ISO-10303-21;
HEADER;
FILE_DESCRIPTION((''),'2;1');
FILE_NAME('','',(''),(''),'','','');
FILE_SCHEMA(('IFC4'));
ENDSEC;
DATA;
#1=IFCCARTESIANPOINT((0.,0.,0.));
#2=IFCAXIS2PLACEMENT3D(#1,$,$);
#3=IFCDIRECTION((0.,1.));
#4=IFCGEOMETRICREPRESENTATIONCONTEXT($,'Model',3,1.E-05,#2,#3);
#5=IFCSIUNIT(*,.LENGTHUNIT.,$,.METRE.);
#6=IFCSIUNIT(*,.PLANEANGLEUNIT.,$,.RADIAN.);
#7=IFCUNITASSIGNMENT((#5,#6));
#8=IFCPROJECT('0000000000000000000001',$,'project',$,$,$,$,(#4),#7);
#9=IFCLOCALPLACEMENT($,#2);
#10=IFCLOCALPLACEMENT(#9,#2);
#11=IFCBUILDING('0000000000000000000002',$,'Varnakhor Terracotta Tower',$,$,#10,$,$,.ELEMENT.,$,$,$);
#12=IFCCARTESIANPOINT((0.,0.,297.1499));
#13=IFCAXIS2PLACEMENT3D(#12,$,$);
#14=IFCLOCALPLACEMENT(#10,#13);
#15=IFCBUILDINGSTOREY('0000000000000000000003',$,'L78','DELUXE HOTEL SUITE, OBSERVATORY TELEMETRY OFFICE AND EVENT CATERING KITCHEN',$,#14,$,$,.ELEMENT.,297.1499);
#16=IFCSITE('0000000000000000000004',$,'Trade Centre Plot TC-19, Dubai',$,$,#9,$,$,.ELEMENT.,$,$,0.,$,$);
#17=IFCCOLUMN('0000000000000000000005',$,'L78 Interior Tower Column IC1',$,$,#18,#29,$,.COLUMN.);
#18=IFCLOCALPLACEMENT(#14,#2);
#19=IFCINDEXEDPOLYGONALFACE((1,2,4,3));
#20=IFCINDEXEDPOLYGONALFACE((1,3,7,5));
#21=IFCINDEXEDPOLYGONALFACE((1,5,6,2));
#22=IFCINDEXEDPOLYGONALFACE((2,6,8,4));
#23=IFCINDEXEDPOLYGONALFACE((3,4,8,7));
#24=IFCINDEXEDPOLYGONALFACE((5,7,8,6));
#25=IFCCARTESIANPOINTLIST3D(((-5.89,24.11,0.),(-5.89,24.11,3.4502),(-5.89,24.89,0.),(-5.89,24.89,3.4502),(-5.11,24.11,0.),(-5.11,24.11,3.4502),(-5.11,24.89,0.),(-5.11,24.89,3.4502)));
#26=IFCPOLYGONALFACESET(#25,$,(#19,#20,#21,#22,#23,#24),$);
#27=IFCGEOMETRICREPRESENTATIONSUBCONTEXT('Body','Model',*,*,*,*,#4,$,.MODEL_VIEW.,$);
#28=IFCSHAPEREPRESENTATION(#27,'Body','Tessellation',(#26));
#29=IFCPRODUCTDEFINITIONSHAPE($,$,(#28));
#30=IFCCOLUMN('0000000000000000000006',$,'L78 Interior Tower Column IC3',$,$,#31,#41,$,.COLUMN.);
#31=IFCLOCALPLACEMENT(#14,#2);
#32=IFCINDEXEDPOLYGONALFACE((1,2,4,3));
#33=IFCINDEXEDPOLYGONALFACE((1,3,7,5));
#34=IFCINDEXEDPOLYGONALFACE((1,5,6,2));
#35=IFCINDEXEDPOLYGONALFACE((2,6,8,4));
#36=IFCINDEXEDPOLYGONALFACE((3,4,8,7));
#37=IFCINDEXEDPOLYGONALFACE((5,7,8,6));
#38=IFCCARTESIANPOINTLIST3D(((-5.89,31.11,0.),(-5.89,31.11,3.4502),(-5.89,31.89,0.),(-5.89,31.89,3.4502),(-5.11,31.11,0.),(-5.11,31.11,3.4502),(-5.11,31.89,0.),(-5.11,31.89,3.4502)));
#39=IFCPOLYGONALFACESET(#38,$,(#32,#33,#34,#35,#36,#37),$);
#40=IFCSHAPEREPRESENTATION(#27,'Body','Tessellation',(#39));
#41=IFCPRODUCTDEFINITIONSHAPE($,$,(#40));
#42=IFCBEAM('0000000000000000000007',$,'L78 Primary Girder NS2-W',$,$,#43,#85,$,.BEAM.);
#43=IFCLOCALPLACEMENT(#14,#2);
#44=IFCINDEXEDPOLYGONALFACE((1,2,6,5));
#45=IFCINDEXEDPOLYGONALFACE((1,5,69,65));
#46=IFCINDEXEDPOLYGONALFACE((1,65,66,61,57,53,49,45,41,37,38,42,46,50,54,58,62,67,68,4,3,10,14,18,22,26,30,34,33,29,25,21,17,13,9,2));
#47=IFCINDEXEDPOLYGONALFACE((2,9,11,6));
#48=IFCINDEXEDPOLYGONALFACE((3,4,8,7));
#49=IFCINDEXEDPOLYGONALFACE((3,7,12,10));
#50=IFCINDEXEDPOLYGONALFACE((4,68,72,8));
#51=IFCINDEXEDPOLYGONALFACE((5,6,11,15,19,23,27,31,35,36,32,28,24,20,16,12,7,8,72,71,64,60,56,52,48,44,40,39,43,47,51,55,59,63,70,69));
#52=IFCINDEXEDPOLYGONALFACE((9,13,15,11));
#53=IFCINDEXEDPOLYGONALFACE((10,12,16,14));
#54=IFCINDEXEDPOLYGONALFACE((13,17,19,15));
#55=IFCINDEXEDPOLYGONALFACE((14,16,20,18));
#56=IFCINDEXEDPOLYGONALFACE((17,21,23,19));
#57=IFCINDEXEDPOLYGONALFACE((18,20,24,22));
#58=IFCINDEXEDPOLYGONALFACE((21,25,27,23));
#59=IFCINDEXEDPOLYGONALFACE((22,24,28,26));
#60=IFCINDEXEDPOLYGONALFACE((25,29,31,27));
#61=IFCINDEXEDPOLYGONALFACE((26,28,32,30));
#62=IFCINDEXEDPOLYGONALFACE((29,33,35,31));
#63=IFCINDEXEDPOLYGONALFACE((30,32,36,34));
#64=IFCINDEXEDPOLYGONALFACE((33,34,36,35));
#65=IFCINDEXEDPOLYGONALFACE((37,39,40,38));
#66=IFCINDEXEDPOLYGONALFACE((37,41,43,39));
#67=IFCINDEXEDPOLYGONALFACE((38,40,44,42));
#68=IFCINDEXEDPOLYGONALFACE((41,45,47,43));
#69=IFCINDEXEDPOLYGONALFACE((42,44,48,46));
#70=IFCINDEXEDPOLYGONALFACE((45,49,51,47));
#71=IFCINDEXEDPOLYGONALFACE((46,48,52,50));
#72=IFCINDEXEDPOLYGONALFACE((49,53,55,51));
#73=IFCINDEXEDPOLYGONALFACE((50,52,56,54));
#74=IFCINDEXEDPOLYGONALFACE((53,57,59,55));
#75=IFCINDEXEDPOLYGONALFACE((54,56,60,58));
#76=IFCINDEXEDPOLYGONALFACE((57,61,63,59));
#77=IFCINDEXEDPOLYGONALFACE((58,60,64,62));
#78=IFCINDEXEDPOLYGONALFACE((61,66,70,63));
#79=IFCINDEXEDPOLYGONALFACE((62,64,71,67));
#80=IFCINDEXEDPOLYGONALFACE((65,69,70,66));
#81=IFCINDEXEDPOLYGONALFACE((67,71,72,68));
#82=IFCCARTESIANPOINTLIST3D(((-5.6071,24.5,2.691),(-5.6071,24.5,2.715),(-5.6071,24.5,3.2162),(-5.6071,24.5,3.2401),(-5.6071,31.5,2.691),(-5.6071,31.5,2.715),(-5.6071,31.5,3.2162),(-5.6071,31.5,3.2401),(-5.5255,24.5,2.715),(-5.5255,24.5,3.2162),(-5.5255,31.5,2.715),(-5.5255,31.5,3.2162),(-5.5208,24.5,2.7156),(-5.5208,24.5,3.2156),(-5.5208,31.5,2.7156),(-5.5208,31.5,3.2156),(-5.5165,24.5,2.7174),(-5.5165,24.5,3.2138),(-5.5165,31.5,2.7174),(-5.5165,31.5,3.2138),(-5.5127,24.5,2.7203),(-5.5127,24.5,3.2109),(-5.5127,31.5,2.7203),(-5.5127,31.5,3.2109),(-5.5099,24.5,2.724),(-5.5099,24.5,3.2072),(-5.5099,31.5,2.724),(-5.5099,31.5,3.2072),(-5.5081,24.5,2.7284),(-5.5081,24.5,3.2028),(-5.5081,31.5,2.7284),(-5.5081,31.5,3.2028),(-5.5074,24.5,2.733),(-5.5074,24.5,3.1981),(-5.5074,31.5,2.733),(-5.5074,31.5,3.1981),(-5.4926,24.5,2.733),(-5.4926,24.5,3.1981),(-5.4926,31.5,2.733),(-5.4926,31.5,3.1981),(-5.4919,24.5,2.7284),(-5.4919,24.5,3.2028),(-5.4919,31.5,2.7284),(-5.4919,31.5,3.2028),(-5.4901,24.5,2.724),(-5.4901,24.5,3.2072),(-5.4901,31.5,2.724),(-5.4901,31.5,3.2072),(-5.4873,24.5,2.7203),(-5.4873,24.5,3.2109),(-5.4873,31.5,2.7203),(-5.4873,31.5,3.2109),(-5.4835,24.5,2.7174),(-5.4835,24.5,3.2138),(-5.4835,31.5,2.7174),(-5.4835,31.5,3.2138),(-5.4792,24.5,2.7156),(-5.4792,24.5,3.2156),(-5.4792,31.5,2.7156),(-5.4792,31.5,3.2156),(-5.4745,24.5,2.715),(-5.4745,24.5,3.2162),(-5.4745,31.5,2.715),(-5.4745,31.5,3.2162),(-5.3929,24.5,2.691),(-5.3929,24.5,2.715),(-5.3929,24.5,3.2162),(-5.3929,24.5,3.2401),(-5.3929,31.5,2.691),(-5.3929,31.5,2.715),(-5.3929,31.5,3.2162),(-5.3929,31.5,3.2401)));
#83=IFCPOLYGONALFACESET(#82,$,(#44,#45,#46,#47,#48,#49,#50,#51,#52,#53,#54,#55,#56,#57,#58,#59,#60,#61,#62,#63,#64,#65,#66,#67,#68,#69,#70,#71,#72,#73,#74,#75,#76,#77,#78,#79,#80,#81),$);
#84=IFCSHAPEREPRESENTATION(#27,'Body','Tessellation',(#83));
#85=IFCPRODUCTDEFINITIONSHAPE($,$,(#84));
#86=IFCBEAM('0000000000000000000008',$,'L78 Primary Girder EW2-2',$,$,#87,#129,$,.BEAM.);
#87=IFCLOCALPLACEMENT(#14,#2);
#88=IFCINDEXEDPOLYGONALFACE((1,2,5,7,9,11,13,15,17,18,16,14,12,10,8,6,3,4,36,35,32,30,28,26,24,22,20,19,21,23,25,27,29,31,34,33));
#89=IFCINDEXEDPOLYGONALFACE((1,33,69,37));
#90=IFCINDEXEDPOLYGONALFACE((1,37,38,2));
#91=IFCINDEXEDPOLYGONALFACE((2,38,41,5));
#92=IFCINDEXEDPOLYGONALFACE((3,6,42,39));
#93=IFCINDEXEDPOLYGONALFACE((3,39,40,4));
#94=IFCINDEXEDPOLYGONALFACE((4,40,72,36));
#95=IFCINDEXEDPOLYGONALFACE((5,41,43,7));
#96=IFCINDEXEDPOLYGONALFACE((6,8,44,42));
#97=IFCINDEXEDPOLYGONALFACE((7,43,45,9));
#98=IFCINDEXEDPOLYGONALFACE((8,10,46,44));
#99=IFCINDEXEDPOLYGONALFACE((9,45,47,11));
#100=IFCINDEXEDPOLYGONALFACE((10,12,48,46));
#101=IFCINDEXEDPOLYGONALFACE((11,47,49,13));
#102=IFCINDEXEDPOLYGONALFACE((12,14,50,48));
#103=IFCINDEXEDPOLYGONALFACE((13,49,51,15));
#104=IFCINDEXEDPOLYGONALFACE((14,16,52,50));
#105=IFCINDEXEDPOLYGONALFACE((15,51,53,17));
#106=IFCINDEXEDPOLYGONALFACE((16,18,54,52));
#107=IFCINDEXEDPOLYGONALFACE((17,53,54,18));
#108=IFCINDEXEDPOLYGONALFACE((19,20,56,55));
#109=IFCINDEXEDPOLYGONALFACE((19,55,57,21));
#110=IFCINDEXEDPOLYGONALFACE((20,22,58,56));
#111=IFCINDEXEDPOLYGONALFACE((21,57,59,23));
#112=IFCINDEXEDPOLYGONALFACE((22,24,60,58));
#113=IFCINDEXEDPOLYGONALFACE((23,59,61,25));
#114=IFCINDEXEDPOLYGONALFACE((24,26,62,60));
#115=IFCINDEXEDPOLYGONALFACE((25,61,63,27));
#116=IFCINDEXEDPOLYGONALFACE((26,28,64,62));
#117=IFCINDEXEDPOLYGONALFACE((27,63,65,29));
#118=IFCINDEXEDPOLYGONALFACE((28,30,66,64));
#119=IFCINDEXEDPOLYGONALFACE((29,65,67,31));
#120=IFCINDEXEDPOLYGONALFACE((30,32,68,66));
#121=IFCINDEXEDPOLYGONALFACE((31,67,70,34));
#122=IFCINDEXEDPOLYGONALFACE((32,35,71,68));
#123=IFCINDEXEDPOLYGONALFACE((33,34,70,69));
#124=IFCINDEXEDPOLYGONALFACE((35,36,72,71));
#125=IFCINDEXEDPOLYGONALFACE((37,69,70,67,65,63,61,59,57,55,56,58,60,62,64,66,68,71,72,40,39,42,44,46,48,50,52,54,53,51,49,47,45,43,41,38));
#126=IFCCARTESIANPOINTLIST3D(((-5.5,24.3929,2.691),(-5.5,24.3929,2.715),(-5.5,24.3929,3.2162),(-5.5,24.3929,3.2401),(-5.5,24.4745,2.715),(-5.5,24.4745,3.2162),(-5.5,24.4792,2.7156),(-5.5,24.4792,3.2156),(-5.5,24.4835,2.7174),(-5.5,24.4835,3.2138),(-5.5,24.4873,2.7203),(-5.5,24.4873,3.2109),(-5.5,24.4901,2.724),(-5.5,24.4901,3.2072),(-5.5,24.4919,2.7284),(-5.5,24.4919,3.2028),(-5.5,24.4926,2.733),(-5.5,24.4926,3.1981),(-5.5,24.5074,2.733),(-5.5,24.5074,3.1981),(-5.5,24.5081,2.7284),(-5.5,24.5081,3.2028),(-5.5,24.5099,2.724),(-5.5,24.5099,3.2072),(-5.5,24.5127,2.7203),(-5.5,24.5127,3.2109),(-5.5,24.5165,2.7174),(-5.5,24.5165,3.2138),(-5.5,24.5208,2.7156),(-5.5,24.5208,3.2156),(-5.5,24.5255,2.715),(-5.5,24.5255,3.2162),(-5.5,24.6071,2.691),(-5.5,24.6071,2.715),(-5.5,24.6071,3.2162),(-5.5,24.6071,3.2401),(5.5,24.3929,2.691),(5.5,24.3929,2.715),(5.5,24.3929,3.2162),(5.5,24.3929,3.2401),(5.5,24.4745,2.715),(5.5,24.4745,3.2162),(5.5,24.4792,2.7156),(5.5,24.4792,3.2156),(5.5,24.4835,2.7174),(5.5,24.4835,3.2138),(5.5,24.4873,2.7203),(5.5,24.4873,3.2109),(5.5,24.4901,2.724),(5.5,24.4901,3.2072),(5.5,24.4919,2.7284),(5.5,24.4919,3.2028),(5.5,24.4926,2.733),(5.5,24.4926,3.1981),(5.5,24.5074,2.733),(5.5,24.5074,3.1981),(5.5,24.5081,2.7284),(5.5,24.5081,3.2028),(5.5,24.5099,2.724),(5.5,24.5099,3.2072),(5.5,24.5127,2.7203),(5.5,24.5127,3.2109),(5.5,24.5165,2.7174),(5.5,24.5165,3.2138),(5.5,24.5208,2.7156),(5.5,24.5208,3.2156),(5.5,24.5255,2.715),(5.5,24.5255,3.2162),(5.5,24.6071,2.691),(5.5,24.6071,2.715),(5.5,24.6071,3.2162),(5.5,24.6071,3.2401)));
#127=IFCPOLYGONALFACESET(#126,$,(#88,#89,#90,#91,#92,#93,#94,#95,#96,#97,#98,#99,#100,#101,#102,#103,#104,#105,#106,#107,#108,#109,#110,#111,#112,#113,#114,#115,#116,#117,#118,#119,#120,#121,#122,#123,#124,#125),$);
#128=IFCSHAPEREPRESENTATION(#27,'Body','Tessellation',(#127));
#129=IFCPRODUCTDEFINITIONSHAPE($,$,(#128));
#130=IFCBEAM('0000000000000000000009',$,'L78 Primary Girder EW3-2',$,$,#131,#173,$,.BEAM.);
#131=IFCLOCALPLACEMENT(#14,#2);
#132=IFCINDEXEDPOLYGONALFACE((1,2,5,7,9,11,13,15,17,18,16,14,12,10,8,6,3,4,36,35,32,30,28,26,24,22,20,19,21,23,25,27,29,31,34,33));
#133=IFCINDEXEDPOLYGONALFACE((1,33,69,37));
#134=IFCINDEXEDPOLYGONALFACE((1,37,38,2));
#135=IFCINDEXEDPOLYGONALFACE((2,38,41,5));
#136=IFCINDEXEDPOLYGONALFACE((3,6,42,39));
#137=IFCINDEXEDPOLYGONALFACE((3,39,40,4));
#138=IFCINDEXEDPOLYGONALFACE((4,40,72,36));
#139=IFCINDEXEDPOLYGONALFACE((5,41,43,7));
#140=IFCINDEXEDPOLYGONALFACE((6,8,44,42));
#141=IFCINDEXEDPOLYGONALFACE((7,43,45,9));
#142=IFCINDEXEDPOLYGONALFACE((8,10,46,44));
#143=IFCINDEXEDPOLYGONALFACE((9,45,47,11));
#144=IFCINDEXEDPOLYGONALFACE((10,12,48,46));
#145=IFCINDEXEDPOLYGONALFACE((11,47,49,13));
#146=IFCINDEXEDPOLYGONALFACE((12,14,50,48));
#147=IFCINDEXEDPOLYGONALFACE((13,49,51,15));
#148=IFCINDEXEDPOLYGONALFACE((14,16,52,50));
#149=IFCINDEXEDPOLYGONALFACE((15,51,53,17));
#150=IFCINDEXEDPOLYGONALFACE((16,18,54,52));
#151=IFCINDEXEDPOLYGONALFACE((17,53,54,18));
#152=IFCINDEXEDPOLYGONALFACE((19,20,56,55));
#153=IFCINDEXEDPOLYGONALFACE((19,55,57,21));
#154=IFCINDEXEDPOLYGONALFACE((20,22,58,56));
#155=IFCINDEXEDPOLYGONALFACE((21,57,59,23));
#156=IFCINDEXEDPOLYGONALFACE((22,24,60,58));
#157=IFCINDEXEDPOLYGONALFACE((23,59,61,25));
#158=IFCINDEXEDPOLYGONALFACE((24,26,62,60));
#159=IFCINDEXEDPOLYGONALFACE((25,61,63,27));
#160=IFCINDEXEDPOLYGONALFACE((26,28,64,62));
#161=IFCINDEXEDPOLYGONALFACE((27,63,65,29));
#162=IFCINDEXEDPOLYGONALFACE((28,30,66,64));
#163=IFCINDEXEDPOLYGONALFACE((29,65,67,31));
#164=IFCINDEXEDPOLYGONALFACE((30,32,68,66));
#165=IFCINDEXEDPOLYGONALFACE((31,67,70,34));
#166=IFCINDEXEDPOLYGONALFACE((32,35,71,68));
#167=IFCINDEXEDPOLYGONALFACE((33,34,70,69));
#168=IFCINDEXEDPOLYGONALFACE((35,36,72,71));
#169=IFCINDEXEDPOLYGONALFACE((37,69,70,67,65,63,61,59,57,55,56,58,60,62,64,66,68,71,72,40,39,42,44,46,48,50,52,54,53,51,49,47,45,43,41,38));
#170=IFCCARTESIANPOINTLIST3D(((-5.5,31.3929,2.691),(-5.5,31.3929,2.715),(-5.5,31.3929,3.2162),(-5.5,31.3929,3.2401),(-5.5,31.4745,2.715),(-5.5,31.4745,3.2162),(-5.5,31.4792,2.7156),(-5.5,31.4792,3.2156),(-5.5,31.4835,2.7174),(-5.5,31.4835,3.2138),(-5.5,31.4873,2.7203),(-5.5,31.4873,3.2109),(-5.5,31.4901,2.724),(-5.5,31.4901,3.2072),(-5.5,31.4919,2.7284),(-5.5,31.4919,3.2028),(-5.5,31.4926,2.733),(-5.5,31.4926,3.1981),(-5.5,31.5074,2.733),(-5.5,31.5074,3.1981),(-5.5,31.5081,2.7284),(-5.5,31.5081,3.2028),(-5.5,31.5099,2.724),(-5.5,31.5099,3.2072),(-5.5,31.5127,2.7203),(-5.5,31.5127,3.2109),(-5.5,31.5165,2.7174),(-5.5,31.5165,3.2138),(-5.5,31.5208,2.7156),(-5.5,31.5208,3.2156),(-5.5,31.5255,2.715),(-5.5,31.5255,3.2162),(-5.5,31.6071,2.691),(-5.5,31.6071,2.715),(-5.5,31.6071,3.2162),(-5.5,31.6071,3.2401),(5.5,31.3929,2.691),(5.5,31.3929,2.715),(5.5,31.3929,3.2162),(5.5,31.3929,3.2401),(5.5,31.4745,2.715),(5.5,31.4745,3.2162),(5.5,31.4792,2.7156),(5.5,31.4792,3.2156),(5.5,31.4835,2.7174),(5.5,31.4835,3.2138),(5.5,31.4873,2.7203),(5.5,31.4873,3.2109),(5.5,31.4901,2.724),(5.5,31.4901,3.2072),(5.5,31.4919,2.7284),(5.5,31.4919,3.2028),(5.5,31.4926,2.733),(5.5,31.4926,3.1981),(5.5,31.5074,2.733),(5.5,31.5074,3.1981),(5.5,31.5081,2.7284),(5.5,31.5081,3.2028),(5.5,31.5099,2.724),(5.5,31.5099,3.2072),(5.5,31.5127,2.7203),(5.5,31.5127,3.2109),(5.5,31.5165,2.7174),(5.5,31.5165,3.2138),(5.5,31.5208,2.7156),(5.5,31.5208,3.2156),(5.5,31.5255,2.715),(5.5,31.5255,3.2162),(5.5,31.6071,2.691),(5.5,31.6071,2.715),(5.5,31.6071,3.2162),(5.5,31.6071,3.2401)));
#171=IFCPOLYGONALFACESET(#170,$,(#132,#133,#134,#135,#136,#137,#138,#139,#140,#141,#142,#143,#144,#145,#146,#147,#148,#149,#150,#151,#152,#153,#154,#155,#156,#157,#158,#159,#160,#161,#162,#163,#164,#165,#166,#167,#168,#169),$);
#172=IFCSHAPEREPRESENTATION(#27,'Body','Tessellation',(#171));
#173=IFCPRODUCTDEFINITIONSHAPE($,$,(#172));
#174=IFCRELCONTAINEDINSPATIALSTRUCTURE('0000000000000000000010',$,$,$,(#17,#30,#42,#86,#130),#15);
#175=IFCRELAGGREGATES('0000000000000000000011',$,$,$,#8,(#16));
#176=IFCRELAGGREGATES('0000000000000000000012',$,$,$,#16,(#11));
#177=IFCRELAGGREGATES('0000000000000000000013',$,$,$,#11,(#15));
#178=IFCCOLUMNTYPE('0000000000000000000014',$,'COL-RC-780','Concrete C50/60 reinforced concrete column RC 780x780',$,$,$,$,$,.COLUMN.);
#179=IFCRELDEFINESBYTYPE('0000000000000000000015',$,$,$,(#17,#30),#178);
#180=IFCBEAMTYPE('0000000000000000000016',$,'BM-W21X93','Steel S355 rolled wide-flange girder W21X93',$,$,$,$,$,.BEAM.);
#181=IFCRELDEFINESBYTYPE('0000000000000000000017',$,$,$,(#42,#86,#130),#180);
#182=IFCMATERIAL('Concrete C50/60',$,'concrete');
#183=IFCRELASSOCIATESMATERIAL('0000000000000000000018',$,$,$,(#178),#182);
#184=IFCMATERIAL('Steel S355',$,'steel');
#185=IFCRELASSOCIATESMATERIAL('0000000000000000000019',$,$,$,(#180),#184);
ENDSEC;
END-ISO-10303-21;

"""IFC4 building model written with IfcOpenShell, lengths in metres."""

from ifc_helpers import new_model, si_unit, direction, frame, origin, origin_2d, place, context, subcontext, project, spatial, rectangle, i_section, extrude, source, transform, mapped, material, material_profile, profile_set, type_object, element, save


model = new_model("IFC4")

# Units and contexts
model_context = context("Model", 3, precision=1e-05, world=origin(), true_north=direction((0.0, 1.0)))
body_context = subcontext(model_context, "Body", "Model", "MODEL_VIEW")
ifc_project = project(units=[si_unit("LENGTHUNIT", "METRE"), si_unit("PLANEANGLEUNIT", "RADIAN")], contexts=[model_context])

# Site, building, storey
site_placement = place(None, origin())
site = spatial("IfcSite", under=ifc_project, at=site_placement, Name="Trade Centre Plot TC-19, Dubai", CompositionType="ELEMENT", RefElevation=0.0)
building_placement = place(site_placement, origin())
building = spatial("IfcBuilding", under=site, at=building_placement, Name="Varnakhor Terracotta Tower", CompositionType="ELEMENT")
storey_placement = place(building_placement, frame((0.0, 0.0, 297.1499)))
storey = spatial("IfcBuildingStorey", under=building, at=storey_placement, Name="L78", Description="DELUXE HOTEL SUITE, OBSERVATORY TELEMETRY OFFICE AND EVENT CATERING KITCHEN", CompositionType="ELEMENT", Elevation=297.1499)

# Columns
ifc_material_1 = material(Name="Concrete C50/60", Category="concrete")
ifc_material_profile_1 = material_profile(ifc_material_1, rectangle(XDim=0.78, YDim=0.78, at=origin_2d()), Name="RC 780x780")
ifc_profile_set_1 = profile_set([ifc_material_profile_1], Name="Concrete C50/60")
column_type = type_object("IfcColumnType", Name="COL-RC-780", Description="Concrete C50/60 reinforced concrete column RC 780x780", PredefinedType="COLUMN", material=ifc_profile_set_1)
shared_shape_1 = source(origin(), body_context, "Body", "SweptSolid", [
    extrude(rectangle(XDim=0.78, YDim=0.78, at=origin_2d()), origin(), (0.0, 0.0, 1.0), 3.4502),
])
for number, where, z_axis, x_axis, name in (
    (1, (-5.5, 24.5, 0.0), (0.0, 0.0, 1.0), (1.0, 0.0, 0.0), "L78 Interior Tower Column IC1"),
    (2, (-5.5, 31.5, 0.0), (0.0, 0.0, 1.0), (1.0, 0.0, 0.0), "L78 Interior Tower Column IC3"),
):
    element("IfcColumn", number, at=place(storey_placement, frame(where, z_axis=z_axis, x_axis=x_axis)), inside=storey, type_object=column_type, Name=name, PredefinedType="COLUMN", context=body_context, shape_type="MappedRepresentation", body=[
        mapped(shared_shape_1, transform((0.0, 0.0, 0.0), scale=1.0)),
    ])

# Beams
ifc_material_2 = material(Name="Steel S355", Category="steel")
ifc_material_profile_2 = material_profile(ifc_material_2, i_section(OverallWidth=0.2141, OverallDepth=0.5491, WebThickness=0.0149, FlangeThickness=0.0239, FilletRadius=0.0181, at=origin_2d()), Name="W21X93")
ifc_profile_set_2 = profile_set([ifc_material_profile_2], Name="Steel S355")
beam_type_1 = type_object("IfcBeamType", Name="BM-W21X93", Description="Steel S355 rolled wide-flange girder W21X93", PredefinedType="BEAM", material=ifc_profile_set_2)
shared_shape_2 = source(origin(), body_context, "Body", "SweptSolid", [
    extrude(i_section(OverallWidth=0.2141, OverallDepth=0.5491, WebThickness=0.0149, FlangeThickness=0.0239, FilletRadius=0.0181, at=origin_2d()), origin(), (0.0, 0.0, 1.0), 7.0),
])
beam_1_placement = place(storey_placement, frame((-5.5, 24.5, 2.9656), z_axis=(0.0, 1.0, 0.0), x_axis=(-1.0, 0.0, 0.0)))
element("IfcBeam", 3, at=beam_1_placement, inside=storey, type_object=beam_type_1, Name="L78 Primary Girder NS2-W", PredefinedType="BEAM", context=body_context, shape_type="MappedRepresentation", body=[
    mapped(shared_shape_2, transform((0.0, 0.0, 0.0), scale=1.0)),
])
shared_shape_3 = source(origin(), body_context, "Body", "SweptSolid", [
    extrude(i_section(OverallWidth=0.2141, OverallDepth=0.5491, WebThickness=0.0149, FlangeThickness=0.0239, FilletRadius=0.0181, at=origin_2d()), origin(), (0.0, 0.0, 1.0), 11.0),
])
for number, where, z_axis, x_axis, name in (
    (4, (-5.5, 24.5, 2.9656), (1.0, 0.0, 0.0), (0.0, 1.0, 0.0), "L78 Primary Girder EW2-2"),
    (5, (-5.5, 31.5, 2.9656), (1.0, 0.0, 0.0), (0.0, 1.0, 0.0), "L78 Primary Girder EW3-2"),
):
    element("IfcBeam", number, at=place(storey_placement, frame(where, z_axis=z_axis, x_axis=x_axis)), inside=storey, type_object=beam_type_1, Name=name, PredefinedType="BEAM", context=body_context, shape_type="MappedRepresentation", body=[
        mapped(shared_shape_3, transform((0.0, 0.0, 0.0), scale=1.0)),
    ])

save(model, "model.ifc")
